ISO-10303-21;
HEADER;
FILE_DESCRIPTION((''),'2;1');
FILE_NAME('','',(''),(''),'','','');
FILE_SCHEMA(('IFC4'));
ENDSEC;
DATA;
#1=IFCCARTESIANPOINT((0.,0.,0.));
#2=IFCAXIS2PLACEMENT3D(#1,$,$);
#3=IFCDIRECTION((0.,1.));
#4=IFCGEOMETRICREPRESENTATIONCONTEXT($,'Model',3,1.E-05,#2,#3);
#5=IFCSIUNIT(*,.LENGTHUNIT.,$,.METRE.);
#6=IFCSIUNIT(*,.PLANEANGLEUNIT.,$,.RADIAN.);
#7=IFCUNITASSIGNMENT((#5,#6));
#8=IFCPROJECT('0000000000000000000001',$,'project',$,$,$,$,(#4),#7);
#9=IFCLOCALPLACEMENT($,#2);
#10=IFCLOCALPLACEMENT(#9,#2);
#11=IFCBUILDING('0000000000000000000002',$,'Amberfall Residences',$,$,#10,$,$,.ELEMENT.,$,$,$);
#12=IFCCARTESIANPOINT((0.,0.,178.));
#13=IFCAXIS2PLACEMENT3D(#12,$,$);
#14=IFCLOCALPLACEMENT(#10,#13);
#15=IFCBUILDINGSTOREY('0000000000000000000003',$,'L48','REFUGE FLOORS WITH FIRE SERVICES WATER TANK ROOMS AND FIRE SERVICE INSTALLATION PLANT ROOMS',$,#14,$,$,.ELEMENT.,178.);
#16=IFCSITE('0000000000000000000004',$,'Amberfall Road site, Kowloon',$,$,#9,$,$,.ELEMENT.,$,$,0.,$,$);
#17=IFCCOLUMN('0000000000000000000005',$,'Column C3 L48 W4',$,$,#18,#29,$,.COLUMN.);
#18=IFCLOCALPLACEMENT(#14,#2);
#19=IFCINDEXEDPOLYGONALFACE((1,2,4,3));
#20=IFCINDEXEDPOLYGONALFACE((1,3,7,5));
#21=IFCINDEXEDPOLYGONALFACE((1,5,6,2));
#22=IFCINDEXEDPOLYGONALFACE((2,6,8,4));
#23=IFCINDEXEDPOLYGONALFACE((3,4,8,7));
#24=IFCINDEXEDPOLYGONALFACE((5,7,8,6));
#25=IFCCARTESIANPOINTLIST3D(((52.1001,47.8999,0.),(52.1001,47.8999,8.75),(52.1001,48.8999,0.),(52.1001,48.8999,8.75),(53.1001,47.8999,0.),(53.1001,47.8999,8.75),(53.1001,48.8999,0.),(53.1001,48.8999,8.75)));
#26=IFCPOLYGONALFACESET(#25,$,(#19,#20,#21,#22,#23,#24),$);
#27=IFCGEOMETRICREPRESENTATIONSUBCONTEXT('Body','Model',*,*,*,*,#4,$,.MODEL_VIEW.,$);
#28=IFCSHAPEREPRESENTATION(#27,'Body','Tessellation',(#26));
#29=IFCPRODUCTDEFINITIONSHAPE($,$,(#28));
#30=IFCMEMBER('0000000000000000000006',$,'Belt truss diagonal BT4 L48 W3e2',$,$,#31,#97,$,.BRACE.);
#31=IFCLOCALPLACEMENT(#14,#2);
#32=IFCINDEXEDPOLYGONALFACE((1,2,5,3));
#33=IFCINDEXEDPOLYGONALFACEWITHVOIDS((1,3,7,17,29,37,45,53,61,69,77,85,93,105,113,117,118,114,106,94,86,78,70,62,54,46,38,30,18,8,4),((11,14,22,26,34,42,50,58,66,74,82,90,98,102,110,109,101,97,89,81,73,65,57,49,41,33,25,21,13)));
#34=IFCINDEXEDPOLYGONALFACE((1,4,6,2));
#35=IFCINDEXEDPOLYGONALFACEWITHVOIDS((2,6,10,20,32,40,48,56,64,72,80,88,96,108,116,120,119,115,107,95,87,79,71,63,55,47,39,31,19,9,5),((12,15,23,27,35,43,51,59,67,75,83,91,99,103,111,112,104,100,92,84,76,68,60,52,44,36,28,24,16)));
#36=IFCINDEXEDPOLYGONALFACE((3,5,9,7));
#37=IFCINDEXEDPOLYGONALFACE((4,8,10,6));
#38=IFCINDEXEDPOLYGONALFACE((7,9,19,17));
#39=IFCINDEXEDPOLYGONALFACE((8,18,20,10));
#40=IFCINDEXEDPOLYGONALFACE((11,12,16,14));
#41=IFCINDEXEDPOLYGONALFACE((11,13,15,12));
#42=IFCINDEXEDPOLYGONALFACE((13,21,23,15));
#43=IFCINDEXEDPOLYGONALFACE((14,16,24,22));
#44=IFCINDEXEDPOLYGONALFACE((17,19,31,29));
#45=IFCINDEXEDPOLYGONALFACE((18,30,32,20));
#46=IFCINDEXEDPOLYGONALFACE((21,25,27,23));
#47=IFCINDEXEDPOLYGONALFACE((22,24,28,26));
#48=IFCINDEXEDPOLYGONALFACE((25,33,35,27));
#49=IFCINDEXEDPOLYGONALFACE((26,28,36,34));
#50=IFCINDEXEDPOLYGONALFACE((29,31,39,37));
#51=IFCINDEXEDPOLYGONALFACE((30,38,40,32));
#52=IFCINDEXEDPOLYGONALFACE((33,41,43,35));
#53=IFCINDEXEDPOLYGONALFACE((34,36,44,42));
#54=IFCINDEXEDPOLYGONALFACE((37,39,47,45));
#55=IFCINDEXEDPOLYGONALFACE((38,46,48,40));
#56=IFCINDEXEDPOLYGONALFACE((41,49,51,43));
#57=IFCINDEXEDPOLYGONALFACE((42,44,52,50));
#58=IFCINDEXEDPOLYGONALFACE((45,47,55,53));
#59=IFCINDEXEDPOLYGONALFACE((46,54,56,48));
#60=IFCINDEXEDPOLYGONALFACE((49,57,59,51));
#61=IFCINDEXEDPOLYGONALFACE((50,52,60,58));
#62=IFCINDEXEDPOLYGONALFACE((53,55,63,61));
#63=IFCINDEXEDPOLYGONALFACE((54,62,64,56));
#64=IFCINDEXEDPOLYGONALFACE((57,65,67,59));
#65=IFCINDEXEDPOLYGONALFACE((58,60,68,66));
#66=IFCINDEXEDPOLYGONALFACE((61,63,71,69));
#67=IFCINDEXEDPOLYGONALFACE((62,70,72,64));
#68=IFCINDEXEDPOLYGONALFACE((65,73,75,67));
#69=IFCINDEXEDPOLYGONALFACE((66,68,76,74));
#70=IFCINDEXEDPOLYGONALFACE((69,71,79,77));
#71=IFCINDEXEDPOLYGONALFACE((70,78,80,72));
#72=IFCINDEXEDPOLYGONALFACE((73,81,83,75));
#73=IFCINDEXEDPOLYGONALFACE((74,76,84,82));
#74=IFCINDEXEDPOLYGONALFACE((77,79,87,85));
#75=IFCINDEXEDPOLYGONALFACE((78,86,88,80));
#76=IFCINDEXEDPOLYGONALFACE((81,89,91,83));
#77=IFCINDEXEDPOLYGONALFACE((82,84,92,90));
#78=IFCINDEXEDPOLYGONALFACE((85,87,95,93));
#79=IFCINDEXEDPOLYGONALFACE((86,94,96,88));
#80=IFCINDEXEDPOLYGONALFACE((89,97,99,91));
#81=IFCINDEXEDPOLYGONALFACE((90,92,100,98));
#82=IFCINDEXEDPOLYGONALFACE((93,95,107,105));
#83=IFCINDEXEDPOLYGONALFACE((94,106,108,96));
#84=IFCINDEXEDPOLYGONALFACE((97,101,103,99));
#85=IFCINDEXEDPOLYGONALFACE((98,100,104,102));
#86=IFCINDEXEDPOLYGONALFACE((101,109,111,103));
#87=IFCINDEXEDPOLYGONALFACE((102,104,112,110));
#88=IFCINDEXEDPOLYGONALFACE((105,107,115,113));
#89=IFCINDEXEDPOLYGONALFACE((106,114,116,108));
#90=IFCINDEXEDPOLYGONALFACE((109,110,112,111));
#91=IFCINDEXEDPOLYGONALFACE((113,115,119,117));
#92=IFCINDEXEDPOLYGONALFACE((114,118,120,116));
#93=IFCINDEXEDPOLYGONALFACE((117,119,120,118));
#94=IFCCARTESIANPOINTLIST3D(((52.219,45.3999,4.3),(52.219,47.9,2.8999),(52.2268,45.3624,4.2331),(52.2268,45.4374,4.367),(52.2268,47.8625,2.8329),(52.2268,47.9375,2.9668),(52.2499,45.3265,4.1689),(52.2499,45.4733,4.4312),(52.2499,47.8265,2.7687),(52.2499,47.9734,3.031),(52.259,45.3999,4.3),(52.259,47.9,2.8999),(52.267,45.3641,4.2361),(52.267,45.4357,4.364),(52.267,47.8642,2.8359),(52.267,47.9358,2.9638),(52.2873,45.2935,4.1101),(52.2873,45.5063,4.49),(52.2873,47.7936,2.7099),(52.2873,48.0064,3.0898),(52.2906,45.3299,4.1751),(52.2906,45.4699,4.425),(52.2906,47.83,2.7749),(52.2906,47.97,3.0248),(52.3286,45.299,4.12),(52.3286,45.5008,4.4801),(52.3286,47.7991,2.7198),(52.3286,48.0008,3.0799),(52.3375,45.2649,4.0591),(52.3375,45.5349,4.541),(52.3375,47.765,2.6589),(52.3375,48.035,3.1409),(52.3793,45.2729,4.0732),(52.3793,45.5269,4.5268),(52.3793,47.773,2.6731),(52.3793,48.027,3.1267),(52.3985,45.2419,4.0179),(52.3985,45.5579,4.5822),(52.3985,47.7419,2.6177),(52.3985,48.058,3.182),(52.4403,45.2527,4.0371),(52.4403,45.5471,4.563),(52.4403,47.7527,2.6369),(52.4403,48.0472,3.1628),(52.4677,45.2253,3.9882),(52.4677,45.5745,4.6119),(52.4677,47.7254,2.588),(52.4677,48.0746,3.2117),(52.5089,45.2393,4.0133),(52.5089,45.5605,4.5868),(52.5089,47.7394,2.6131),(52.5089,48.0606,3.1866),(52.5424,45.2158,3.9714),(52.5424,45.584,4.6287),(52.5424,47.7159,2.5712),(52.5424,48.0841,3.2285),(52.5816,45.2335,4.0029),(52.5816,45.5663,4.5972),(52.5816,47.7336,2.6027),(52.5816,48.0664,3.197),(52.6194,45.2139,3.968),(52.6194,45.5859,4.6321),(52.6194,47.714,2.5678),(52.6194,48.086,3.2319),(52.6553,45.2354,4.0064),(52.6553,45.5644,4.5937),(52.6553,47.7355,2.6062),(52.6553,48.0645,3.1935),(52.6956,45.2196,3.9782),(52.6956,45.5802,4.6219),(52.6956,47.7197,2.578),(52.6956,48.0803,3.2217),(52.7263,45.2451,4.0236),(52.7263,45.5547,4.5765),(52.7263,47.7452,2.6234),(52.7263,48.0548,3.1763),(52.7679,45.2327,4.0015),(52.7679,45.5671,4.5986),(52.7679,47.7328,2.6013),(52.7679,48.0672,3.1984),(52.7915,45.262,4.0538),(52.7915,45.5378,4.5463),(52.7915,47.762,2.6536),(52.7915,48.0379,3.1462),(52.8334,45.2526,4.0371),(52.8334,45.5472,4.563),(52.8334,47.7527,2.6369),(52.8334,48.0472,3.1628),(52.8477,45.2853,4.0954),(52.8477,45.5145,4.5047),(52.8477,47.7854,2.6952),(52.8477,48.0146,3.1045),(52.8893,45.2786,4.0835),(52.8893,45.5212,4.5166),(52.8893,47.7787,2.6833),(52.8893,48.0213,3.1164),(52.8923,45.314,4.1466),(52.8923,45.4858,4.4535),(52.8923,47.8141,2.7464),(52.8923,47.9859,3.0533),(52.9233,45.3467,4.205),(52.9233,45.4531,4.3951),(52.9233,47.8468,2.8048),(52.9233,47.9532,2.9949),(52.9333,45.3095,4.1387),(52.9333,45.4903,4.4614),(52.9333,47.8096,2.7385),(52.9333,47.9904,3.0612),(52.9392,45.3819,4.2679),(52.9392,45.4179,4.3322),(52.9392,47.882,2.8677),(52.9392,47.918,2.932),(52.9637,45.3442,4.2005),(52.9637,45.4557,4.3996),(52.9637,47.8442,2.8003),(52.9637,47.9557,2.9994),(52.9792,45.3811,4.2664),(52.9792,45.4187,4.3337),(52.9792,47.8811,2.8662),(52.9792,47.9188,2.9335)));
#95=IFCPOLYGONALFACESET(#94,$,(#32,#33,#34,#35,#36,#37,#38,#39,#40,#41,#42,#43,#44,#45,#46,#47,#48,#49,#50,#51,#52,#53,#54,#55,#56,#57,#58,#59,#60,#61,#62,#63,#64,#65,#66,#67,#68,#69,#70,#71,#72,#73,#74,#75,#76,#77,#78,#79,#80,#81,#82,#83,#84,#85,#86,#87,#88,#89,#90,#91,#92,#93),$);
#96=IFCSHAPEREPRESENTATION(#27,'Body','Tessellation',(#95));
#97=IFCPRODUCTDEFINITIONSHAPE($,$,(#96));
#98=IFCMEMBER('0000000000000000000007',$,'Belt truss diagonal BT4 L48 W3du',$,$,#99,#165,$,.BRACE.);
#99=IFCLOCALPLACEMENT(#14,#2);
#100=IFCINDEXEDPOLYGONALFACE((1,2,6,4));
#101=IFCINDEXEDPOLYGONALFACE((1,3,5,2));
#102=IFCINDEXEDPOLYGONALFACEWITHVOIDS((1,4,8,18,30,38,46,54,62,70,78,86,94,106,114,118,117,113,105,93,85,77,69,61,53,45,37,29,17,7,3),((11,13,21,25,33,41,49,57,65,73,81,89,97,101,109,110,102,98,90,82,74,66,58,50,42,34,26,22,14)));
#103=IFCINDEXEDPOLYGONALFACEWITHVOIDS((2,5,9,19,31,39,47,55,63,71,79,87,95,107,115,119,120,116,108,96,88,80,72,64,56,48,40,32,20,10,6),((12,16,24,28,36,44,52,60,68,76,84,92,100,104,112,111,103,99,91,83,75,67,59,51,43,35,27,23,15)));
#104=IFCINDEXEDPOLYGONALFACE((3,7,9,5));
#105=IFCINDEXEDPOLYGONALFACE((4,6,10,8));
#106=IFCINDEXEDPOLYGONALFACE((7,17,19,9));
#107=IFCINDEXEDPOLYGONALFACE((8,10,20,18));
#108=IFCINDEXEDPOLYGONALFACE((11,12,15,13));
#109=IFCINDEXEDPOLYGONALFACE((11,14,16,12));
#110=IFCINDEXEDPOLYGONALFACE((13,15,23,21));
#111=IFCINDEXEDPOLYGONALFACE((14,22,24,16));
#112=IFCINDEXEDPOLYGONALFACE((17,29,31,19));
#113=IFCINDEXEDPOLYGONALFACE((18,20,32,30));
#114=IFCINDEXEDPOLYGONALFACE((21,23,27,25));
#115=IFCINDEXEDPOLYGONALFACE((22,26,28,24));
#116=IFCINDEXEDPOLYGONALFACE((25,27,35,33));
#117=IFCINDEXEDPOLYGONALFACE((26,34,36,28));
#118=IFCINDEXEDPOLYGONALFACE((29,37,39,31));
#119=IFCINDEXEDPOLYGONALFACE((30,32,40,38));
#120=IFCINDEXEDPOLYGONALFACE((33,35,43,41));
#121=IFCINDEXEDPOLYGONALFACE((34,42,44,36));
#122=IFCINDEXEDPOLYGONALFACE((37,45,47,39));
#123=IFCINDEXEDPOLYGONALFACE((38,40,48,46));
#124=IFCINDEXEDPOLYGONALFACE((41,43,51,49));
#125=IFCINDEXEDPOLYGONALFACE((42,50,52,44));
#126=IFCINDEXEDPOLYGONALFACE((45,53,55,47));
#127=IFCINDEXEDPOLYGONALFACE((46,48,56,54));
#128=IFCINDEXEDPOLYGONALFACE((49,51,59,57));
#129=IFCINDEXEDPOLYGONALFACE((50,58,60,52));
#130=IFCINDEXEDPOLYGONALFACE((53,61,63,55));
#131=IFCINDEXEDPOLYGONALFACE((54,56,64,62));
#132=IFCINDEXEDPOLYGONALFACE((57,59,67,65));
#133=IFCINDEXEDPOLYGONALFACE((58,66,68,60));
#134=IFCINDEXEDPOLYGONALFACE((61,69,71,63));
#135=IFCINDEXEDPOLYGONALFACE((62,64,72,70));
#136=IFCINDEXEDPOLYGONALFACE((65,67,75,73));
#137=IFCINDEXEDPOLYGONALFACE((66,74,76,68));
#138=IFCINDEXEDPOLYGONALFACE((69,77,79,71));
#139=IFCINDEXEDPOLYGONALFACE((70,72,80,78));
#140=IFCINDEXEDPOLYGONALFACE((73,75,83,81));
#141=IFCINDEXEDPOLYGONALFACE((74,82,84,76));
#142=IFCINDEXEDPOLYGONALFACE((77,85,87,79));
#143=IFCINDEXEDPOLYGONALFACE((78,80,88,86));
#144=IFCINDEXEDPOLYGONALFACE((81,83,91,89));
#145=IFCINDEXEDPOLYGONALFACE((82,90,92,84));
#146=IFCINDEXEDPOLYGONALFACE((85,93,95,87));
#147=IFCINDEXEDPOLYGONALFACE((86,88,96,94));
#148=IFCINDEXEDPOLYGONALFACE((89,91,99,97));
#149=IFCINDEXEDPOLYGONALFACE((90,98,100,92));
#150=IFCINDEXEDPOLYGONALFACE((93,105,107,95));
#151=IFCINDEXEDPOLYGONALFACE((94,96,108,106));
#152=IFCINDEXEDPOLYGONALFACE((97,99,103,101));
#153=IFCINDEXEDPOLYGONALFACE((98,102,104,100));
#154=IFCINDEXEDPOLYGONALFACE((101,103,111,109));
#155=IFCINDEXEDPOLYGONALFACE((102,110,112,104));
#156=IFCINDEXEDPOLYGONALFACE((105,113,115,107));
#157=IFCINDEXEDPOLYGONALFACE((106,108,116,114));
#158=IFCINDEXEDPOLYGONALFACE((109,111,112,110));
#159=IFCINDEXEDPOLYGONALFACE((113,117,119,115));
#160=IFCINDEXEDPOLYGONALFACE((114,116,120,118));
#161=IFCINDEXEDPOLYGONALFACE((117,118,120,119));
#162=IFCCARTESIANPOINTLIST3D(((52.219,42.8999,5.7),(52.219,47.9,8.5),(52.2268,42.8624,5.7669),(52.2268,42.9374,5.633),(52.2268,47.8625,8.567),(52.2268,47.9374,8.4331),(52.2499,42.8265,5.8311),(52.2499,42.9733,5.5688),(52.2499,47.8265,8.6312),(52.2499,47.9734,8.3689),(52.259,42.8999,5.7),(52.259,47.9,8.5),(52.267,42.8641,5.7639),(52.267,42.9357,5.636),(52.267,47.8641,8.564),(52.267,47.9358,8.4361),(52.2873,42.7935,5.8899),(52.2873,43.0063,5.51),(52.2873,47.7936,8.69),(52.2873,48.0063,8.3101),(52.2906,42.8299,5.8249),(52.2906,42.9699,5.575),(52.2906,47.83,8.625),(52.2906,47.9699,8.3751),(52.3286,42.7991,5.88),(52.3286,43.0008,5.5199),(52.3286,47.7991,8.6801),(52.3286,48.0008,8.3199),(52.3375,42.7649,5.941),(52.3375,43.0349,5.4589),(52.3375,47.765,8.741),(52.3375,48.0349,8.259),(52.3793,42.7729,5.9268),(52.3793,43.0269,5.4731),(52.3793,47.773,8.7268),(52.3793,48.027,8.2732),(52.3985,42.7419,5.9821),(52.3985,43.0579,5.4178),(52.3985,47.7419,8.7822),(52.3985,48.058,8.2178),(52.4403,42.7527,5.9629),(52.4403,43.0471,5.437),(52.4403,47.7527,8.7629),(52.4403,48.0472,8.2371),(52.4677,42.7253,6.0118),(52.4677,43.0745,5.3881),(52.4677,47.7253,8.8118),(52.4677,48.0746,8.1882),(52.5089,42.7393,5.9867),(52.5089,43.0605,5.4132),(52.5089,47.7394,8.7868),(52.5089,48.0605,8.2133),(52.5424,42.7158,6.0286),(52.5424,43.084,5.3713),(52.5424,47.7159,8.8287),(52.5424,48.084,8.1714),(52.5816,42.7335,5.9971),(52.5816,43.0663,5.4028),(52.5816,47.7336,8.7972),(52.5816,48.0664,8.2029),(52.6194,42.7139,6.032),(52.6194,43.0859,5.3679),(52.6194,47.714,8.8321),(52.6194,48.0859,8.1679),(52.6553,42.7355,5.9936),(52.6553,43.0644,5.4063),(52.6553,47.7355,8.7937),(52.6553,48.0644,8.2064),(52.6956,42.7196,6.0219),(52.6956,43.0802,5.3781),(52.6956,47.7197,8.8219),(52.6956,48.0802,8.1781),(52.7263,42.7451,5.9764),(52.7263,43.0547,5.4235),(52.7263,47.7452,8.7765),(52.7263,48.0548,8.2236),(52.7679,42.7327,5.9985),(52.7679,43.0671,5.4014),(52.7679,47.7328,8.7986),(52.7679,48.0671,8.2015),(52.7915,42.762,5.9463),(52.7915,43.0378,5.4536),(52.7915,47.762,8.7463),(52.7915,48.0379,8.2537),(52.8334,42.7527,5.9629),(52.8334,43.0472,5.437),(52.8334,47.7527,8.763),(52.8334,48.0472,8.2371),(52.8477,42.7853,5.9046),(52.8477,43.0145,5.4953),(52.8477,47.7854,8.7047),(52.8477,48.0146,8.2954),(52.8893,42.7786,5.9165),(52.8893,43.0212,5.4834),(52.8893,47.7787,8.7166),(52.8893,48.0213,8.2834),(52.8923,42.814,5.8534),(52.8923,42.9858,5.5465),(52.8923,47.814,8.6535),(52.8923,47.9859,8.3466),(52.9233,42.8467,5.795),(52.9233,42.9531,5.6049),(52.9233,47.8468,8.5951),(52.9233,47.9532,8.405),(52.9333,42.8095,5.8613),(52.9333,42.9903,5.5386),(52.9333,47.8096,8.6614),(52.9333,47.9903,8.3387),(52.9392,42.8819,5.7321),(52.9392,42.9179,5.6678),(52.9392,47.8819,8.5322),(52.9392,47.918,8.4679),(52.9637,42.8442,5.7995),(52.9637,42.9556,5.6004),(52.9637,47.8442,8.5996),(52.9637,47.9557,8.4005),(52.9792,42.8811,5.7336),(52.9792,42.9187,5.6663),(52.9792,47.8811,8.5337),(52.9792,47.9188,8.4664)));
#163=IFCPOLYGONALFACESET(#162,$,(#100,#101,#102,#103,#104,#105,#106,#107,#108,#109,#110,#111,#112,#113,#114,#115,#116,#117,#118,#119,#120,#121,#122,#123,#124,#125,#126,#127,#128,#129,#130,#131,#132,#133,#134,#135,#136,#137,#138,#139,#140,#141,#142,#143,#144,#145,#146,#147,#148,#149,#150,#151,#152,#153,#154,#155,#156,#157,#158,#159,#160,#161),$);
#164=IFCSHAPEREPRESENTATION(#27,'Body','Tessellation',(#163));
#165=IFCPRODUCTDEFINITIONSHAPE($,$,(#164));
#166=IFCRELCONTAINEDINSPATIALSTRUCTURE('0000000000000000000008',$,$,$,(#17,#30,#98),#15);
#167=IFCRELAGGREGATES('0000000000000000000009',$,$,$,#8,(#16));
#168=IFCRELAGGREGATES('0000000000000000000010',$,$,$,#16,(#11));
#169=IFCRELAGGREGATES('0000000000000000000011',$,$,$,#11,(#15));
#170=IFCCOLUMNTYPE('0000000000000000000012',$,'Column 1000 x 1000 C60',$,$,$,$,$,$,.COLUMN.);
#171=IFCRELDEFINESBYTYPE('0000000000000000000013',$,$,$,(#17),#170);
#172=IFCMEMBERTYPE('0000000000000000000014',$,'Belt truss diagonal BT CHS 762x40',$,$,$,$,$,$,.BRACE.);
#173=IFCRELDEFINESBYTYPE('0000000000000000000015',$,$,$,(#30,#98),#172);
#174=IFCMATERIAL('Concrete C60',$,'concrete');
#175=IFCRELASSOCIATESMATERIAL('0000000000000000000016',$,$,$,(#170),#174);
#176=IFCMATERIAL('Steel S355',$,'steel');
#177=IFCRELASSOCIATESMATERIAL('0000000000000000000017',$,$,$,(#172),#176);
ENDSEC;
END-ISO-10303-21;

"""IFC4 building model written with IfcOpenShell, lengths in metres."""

from ifc_helpers import new_model, si_unit, direction, frame, origin, origin_2d, place, context, subcontext, project, spatial, rectangle, hollow_circle, extrude, material, material_profile, profile_set, type_object, element, save


model = new_model("IFC4")

# Units and contexts
model_context = context("Model", 3, precision=1e-05, world=origin(), true_north=direction((0.0, 1.0)))
body_context = subcontext(model_context, "Body", "Model", "MODEL_VIEW")
ifc_project = project(units=[si_unit("LENGTHUNIT", "METRE"), si_unit("PLANEANGLEUNIT", "RADIAN")], contexts=[model_context])

# Site, building, storey
site_placement = place(None, origin())
site = spatial("IfcSite", under=ifc_project, at=site_placement, Name="Amberfall Road site, Kowloon", CompositionType="ELEMENT", RefElevation=0.0)
building_placement = place(site_placement, origin())
building = spatial("IfcBuilding", under=site, at=building_placement, Name="Amberfall Residences", CompositionType="ELEMENT")
storey_placement = place(building_placement, frame((0.0, 0.0, 178.0)))
storey = spatial("IfcBuildingStorey", under=building, at=storey_placement, Name="L48", Description="REFUGE FLOORS WITH FIRE SERVICES WATER TANK ROOMS AND FIRE SERVICE INSTALLATION PLANT ROOMS", CompositionType="ELEMENT", Elevation=178.0)

# Column
ifc_material_1 = material(Name="Concrete C60", Category="concrete")
ifc_material_profile_1 = material_profile(ifc_material_1, rectangle(XDim=1.0, YDim=1.0, at=origin_2d()), Name="Column 1000 x 1000 C60")
ifc_profile_set_1 = profile_set([ifc_material_profile_1], Name="Concrete C60")
column_type = type_object("IfcColumnType", Name="Column 1000 x 1000 C60", PredefinedType="COLUMN", material=ifc_profile_set_1)
column_placement = place(storey_placement, frame((52.6001, 48.3999, 0.0), z_axis=(0.0, 0.0, 1.0), x_axis=(1.0, 0.0, 0.0)))
element("IfcColumn", 1, at=column_placement, inside=storey, type_object=column_type, Name="Column C3 L48 W4", PredefinedType="COLUMN", context=body_context, shape_type="SweptSolid", body=[
    extrude(rectangle(XDim=1.0, YDim=1.0, at=origin_2d()), origin(), (0.0, 0.0, 1.0), 8.75),
])

# Members
ifc_material_2 = material(Name="Steel S355", Category="steel")
ifc_material_profile_2 = material_profile(ifc_material_2, hollow_circle(Radius=0.3811, WallThickness=0.04, at=origin_2d()), Name="CHS 762x40")
ifc_profile_set_2 = profile_set([ifc_material_profile_2], Name="Steel S355")
member_type_1 = type_object("IfcMemberType", Name="Belt truss diagonal BT CHS 762x40", PredefinedType="BRACE", material=ifc_profile_set_2)
member_1_placement = place(storey_placement, frame((52.6001, 45.3999, 4.3), z_axis=(0.0, 0.872484, -0.488642), x_axis=(-1.0, 0.0, 0.0)))
element("IfcMember", 2, at=member_1_placement, inside=storey, type_object=member_type_1, Name="Belt truss diagonal BT4 L48 W3e2", PredefinedType="BRACE", context=body_context, shape_type="SweptSolid", body=[
    extrude(hollow_circle(Radius=0.3811, WallThickness=0.04, at=origin_2d()), origin(), (0.0, 0.0, 1.0), 2.8655),
])
member_2_placement = place(storey_placement, frame((52.6001, 42.8999, 5.7), z_axis=(0.0, 0.872502, 0.48861), x_axis=(-1.0, 0.0, 0.0)))
element("IfcMember", 3, at=member_2_placement, inside=storey, type_object=member_type_1, Name="Belt truss diagonal BT4 L48 W3du", PredefinedType="BRACE", context=body_context, shape_type="SweptSolid", body=[
    extrude(hollow_circle(Radius=0.3811, WallThickness=0.04, at=origin_2d()), origin(), (0.0, 0.0, 1.0), 5.7307),
])

save(model, "model.ifc")
